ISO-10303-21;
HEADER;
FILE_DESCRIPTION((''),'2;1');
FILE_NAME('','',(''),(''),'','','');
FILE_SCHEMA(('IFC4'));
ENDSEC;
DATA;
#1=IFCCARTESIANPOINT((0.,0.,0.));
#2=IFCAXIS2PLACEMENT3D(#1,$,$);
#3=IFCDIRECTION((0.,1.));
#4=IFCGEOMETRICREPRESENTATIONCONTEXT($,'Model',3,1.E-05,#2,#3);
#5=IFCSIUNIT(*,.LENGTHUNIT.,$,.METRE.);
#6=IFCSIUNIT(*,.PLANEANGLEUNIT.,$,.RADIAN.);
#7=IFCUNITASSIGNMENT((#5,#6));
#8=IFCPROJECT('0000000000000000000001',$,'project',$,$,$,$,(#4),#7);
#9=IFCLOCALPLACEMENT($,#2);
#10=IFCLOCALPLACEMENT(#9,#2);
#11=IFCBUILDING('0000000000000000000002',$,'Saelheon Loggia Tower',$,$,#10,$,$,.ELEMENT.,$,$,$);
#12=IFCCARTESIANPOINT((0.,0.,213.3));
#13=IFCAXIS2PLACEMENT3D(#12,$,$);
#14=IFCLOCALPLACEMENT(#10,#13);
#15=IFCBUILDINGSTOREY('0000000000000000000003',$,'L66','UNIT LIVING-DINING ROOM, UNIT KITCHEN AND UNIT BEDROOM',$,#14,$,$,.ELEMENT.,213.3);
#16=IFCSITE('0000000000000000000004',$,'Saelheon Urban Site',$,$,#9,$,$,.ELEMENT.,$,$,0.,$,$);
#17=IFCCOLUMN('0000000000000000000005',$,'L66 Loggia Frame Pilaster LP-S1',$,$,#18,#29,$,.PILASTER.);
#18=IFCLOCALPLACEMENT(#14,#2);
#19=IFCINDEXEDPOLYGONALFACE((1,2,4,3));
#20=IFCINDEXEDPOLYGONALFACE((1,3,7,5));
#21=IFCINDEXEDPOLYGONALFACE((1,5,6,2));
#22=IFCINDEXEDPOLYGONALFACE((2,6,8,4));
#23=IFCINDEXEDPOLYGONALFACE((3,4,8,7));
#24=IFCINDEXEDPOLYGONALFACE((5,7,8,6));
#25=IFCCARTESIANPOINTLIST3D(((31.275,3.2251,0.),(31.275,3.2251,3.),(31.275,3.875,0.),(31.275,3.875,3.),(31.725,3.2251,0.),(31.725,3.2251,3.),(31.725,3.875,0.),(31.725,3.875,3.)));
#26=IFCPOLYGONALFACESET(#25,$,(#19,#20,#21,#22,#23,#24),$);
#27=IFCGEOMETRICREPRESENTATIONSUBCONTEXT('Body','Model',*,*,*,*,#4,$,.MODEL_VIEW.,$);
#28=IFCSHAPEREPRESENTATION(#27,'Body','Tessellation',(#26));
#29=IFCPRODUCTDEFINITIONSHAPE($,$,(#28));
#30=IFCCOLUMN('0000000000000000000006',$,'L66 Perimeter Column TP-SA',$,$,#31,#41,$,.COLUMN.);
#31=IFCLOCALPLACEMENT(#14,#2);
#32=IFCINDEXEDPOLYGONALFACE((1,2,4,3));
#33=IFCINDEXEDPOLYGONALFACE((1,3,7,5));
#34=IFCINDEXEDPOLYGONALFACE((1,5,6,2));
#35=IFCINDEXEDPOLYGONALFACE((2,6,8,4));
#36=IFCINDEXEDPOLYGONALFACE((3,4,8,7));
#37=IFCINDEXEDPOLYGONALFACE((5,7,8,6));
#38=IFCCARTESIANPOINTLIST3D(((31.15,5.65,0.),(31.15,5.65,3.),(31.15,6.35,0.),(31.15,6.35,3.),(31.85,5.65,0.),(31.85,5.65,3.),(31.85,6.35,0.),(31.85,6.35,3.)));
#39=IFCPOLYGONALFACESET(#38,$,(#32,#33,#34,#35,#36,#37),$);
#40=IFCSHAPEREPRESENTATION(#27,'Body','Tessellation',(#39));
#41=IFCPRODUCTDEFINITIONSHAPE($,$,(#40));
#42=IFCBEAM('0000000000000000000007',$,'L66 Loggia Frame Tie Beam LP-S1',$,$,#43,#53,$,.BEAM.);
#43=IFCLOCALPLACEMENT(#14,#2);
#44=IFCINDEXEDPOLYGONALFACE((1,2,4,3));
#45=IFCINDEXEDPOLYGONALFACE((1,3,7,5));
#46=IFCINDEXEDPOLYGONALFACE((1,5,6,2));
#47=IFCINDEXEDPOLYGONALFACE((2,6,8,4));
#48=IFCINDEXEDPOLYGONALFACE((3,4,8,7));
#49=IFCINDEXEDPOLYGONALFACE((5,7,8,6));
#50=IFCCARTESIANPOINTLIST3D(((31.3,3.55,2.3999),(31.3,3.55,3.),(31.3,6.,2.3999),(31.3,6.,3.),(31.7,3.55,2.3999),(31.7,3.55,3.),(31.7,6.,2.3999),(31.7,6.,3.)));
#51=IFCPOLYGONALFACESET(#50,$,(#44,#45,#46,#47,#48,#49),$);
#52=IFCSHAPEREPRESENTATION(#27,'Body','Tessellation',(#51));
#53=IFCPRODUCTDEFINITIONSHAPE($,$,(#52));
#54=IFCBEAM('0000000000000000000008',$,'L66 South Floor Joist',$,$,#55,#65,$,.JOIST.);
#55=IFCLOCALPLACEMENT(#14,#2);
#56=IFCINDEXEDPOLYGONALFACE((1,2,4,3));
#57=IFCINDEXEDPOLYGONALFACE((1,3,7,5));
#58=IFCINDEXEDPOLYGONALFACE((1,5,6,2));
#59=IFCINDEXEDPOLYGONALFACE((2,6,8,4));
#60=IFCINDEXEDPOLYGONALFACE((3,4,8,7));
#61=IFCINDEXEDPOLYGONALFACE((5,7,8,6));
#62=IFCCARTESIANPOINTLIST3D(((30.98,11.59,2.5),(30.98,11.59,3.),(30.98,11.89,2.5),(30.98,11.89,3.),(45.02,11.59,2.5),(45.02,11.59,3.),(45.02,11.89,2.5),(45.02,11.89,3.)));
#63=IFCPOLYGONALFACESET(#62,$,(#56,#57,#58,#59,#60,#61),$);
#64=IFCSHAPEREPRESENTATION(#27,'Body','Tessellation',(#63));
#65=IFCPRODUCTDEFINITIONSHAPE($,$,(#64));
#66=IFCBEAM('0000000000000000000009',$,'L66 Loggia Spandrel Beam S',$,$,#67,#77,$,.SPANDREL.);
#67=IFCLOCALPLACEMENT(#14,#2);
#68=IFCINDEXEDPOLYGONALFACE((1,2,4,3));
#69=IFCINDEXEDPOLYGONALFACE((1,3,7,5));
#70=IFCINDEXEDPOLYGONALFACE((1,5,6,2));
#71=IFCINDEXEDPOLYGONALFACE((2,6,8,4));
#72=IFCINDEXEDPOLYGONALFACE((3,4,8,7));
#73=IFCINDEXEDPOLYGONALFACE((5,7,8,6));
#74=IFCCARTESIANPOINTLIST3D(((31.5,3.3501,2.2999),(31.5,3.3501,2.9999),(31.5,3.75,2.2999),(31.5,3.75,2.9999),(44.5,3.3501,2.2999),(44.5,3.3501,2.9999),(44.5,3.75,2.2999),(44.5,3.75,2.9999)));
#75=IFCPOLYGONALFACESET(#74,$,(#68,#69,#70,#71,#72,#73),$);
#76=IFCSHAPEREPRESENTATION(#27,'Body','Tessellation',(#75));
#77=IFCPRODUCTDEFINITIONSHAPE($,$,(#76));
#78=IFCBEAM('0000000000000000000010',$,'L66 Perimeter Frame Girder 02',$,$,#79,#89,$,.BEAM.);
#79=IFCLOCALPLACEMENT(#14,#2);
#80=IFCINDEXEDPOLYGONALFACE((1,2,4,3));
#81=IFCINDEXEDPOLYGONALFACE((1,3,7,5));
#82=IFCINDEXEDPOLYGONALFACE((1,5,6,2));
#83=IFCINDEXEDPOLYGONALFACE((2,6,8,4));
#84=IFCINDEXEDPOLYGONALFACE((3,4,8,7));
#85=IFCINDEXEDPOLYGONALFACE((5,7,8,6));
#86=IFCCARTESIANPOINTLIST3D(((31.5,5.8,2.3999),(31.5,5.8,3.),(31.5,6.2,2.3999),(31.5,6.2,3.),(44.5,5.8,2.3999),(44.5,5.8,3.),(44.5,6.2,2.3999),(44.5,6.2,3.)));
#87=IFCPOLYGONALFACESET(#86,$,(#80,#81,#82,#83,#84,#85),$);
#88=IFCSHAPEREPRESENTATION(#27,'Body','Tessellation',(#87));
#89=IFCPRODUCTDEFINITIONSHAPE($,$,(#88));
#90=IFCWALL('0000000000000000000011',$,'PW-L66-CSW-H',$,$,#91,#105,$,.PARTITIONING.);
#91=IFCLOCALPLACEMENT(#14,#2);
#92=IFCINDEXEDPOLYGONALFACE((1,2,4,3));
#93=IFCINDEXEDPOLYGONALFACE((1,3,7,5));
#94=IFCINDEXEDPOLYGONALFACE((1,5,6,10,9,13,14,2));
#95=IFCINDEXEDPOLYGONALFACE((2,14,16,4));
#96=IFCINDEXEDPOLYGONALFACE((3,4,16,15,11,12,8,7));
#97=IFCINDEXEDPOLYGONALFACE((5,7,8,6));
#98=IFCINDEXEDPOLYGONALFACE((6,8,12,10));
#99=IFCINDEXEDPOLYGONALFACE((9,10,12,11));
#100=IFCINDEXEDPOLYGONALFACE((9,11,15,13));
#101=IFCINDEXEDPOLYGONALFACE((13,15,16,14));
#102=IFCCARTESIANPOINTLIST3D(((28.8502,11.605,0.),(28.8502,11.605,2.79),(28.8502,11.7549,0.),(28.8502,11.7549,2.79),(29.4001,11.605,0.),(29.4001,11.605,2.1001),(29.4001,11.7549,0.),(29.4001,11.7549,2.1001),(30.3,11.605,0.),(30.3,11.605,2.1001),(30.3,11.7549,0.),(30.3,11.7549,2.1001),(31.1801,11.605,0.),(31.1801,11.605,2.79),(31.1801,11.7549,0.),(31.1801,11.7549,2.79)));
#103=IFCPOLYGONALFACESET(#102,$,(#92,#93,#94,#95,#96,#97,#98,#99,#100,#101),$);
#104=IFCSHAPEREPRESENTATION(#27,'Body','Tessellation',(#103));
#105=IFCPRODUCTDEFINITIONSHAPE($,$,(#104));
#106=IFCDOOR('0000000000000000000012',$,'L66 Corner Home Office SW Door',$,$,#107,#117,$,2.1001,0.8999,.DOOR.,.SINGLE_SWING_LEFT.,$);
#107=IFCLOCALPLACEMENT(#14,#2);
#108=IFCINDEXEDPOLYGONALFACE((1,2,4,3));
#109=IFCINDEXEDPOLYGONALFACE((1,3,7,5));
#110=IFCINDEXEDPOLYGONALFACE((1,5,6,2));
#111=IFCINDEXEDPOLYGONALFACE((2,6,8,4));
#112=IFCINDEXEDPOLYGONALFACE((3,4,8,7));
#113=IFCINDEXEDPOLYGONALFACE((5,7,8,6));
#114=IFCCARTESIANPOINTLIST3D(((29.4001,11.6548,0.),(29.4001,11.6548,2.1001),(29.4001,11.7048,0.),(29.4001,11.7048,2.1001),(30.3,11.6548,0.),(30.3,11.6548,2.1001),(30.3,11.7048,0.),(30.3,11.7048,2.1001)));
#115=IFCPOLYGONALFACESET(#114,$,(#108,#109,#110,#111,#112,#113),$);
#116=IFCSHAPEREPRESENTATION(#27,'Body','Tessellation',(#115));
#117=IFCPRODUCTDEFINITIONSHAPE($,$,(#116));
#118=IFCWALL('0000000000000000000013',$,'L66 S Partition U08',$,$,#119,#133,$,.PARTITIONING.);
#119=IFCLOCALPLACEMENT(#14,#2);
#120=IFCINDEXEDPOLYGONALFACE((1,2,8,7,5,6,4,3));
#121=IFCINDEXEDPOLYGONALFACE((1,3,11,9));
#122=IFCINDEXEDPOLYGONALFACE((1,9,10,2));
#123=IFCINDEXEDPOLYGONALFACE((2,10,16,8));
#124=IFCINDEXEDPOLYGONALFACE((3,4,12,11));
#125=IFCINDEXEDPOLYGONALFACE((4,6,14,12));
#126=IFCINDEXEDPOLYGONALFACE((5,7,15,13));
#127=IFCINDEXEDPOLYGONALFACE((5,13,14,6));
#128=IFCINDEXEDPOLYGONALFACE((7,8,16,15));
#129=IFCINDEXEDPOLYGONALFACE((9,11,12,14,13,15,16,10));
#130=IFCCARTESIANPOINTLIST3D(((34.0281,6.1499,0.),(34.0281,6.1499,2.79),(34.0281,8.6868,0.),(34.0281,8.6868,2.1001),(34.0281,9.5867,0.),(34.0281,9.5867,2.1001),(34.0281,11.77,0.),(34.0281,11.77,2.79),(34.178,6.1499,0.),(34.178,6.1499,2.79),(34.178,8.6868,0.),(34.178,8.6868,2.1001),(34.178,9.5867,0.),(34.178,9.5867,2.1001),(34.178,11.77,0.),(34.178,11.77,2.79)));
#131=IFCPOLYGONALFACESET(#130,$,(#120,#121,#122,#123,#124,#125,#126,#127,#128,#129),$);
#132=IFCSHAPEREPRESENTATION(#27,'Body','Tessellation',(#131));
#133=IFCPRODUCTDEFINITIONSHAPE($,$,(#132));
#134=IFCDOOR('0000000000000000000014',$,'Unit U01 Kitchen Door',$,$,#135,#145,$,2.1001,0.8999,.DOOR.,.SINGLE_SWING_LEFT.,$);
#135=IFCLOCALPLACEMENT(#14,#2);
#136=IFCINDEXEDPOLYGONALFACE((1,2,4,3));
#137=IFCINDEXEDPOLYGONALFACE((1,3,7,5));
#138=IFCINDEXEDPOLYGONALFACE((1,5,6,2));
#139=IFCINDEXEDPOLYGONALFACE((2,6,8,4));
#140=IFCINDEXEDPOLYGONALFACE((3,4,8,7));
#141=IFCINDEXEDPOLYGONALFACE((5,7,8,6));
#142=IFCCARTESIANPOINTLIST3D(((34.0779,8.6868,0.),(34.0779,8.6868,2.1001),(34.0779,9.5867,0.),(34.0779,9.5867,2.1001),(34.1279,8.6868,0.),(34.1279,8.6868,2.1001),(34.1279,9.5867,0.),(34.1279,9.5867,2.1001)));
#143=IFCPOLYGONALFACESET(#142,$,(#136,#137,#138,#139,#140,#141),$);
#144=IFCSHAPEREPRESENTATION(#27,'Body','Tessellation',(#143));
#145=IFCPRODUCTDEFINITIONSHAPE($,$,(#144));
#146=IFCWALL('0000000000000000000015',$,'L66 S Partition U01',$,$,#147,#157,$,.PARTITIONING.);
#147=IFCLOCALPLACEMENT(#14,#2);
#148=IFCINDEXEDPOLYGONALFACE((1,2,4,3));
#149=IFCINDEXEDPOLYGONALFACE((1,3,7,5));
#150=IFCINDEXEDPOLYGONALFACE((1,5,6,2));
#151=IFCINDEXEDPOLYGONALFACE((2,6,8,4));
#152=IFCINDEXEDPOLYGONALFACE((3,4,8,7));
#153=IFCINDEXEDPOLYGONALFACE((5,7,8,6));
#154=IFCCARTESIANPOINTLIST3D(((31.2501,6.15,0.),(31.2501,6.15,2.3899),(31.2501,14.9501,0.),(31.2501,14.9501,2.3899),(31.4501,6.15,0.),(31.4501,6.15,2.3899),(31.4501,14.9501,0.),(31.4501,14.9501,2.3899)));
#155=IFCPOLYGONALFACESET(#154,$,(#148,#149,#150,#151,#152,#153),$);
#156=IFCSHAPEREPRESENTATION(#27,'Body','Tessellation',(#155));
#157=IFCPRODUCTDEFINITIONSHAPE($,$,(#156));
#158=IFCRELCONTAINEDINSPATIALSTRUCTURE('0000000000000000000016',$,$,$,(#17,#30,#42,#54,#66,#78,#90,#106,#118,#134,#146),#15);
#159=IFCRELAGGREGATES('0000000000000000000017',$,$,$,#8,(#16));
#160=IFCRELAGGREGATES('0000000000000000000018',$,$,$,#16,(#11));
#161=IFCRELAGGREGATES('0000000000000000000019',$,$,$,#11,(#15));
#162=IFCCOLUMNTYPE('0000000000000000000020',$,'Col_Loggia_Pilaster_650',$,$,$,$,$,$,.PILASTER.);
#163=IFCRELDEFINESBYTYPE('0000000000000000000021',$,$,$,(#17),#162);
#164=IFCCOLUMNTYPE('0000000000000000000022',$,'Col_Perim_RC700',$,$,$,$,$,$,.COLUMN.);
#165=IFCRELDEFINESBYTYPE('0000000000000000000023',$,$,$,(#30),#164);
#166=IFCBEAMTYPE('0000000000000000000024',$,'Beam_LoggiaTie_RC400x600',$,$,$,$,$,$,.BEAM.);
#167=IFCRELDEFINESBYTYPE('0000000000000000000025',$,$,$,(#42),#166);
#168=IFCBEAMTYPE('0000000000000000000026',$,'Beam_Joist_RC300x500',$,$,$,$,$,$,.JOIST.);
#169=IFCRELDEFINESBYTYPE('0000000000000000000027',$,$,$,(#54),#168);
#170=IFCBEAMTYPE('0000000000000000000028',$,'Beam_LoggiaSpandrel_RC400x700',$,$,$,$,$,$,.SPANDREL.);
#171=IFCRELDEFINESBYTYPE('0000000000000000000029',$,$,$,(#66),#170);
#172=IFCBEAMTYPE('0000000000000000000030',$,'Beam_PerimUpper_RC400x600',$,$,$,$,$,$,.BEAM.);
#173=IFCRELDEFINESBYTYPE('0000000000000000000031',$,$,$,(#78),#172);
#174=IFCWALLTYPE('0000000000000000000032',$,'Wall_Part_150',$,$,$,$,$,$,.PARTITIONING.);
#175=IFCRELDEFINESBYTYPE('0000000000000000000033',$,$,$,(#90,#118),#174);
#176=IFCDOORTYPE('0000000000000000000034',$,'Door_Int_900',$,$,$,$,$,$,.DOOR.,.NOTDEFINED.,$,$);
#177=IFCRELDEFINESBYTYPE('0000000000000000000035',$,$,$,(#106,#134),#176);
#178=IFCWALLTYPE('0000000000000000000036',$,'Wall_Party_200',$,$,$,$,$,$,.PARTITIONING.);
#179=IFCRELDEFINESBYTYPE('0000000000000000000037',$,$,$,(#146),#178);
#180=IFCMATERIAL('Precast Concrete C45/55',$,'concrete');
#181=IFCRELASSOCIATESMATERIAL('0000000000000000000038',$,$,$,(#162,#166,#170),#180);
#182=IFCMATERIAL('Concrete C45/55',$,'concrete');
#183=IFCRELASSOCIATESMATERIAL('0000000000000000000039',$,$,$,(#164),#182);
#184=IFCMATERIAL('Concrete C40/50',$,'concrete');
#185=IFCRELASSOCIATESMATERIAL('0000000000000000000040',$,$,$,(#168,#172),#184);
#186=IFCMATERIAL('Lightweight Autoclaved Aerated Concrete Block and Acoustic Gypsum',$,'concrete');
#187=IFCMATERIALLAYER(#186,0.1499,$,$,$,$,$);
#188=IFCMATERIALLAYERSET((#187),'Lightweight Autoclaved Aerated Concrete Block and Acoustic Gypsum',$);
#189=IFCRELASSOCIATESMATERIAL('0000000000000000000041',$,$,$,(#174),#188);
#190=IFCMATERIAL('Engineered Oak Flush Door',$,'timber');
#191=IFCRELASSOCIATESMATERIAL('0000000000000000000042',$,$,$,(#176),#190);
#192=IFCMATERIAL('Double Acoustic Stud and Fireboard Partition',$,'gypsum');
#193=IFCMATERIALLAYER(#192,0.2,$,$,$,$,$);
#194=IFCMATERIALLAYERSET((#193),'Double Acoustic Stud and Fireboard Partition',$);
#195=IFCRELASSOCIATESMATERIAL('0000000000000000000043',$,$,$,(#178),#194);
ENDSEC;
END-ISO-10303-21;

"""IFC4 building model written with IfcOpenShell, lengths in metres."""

from ifc_helpers import new_model, si_unit, direction, frame, frame_2d, origin, origin_2d, place, context, subcontext, project, spatial, rectangle, extrude, source, transform, mapped, material, layer, layer_set, material_profile, profile_set, type_object, element, fill, save


model = new_model("IFC4")

# Units and contexts
model_context = context("Model", 3, precision=1e-05, world=origin(), true_north=direction((0.0, 1.0)))
body_context = subcontext(model_context, "Body", "Model", "MODEL_VIEW")
ifc_project = project(units=[si_unit("LENGTHUNIT", "METRE"), si_unit("PLANEANGLEUNIT", "RADIAN")], contexts=[model_context])

# Site, building, storey
site_placement = place(None, origin())
site = spatial("IfcSite", under=ifc_project, at=site_placement, Name="Saelheon Urban Site", CompositionType="ELEMENT", RefElevation=0.0)
building_placement = place(site_placement, origin())
building = spatial("IfcBuilding", under=site, at=building_placement, Name="Saelheon Loggia Tower", CompositionType="ELEMENT")
storey_placement = place(building_placement, frame((0.0, 0.0, 213.3)))
storey = spatial("IfcBuildingStorey", under=building, at=storey_placement, Name="L66", Description="UNIT LIVING-DINING ROOM, UNIT KITCHEN AND UNIT BEDROOM", CompositionType="ELEMENT", Elevation=213.3)

# Columns
ifc_material_1 = material(Name="Precast Concrete C45/55", Category="concrete")
ifc_material_profile_1 = material_profile(ifc_material_1, rectangle(XDim=0.45, YDim=0.6499, at=origin_2d()), Name="RC-450x650")
ifc_profile_set_1 = profile_set([ifc_material_profile_1], Name="Precast Concrete C45/55")
column_type_1 = type_object("IfcColumnType", Name="Col_Loggia_Pilaster_650", PredefinedType="PILASTER", material=ifc_profile_set_1)
shared_shape_1 = source(origin(), body_context, "Body", "SweptSolid", [
    extrude(rectangle(XDim=0.45, YDim=0.6499, at=origin_2d()), origin(), (0.0, 0.0, 1.0), 3.0),
])
column_1_placement = place(storey_placement, frame((31.5, 3.55, 0.0), z_axis=(0.0, 0.0, 1.0), x_axis=(1.0, 0.0, 0.0)))
element("IfcColumn", 1, at=column_1_placement, inside=storey, type_object=column_type_1, Name="L66 Loggia Frame Pilaster LP-S1", PredefinedType="PILASTER", context=body_context, shape_type="MappedRepresentation", body=[
    mapped(shared_shape_1, transform((0.0, 0.0, 0.0), scale=1.0)),
])
ifc_material_2 = material(Name="Concrete C45/55", Category="concrete")
ifc_material_profile_2 = material_profile(ifc_material_2, rectangle(XDim=0.7, YDim=0.7, at=origin_2d()), Name="RC-700x700")
ifc_profile_set_2 = profile_set([ifc_material_profile_2], Name="Concrete C45/55")
column_type_2 = type_object("IfcColumnType", Name="Col_Perim_RC700", PredefinedType="COLUMN", material=ifc_profile_set_2)
shared_shape_2 = source(origin(), body_context, "Body", "SweptSolid", [
    extrude(rectangle(XDim=0.7, YDim=0.7, at=origin_2d()), origin(), (0.0, 0.0, 1.0), 3.0),
])
column_2_placement = place(storey_placement, frame((31.5, 6.0, 0.0), z_axis=(0.0, 0.0, 1.0), x_axis=(1.0, 0.0, 0.0)))
element("IfcColumn", 2, at=column_2_placement, inside=storey, type_object=column_type_2, Name="L66 Perimeter Column TP-SA", PredefinedType="COLUMN", context=body_context, shape_type="MappedRepresentation", body=[
    mapped(shared_shape_2, transform((0.0, 0.0, 0.0), scale=1.0)),
])

# Beams
ifc_material_profile_3 = material_profile(ifc_material_1, rectangle(XDim=0.3999, YDim=0.6001, at=origin_2d()), Name="RC-400x600")
ifc_profile_set_3 = profile_set([ifc_material_profile_3], Name="Precast Concrete C45/55")
beam_type_1 = type_object("IfcBeamType", Name="Beam_LoggiaTie_RC400x600", PredefinedType="BEAM", material=ifc_profile_set_3)
shared_shape_3 = source(origin(), body_context, "Body", "SweptSolid", [
    extrude(rectangle(XDim=0.3999, YDim=0.6001, at=origin_2d()), origin(), (0.0, 0.0, 1.0), 2.45),
])
beam_1_placement = place(storey_placement, frame((31.5, 6.0, 2.7), z_axis=(0.0, -1.0, 0.0), x_axis=(1.0, 0.0, 0.0)))
element("IfcBeam", 3, at=beam_1_placement, inside=storey, type_object=beam_type_1, Name="L66 Loggia Frame Tie Beam LP-S1", PredefinedType="BEAM", context=body_context, shape_type="MappedRepresentation", body=[
    mapped(shared_shape_3, transform((0.0, 0.0, 0.0), scale=1.0)),
])
ifc_material_3 = material(Name="Concrete C40/50", Category="concrete")
ifc_material_profile_4 = material_profile(ifc_material_3, rectangle(XDim=0.3, YDim=0.5, at=origin_2d()), Name="RC-300x500")
ifc_profile_set_4 = profile_set([ifc_material_profile_4], Name="Concrete C40/50")
beam_type_2 = type_object("IfcBeamType", Name="Beam_Joist_RC300x500", PredefinedType="JOIST", material=ifc_profile_set_4)
shared_shape_4 = source(origin(), body_context, "Body", "SweptSolid", [
    extrude(rectangle(XDim=0.3, YDim=0.5, at=origin_2d()), origin(), (0.0, 0.0, 1.0), 14.04),
])
beam_2_placement = place(storey_placement, frame((30.98, 11.74, 2.75), z_axis=(1.0, 0.0, 0.0), x_axis=(0.0, 1.0, 0.0)))
element("IfcBeam", 4, at=beam_2_placement, inside=storey, type_object=beam_type_2, Name="L66 South Floor Joist", PredefinedType="JOIST", context=body_context, shape_type="MappedRepresentation", body=[
    mapped(shared_shape_4, transform((0.0, 0.0, 0.0), scale=1.0)),
])
ifc_material_profile_5 = material_profile(ifc_material_1, rectangle(XDim=0.3999, YDim=0.7, at=origin_2d()), Name="RC-400x700")
ifc_profile_set_5 = profile_set([ifc_material_profile_5], Name="Precast Concrete C45/55")
beam_type_3 = type_object("IfcBeamType", Name="Beam_LoggiaSpandrel_RC400x700", PredefinedType="SPANDREL", material=ifc_profile_set_5)
shared_shape_5 = source(origin(), body_context, "Body", "SweptSolid", [
    extrude(rectangle(XDim=0.3999, YDim=0.7, at=origin_2d()), origin(), (0.0, 0.0, 1.0), 13.0),
])
beam_3_placement = place(storey_placement, frame((31.5, 3.55, 2.6499), z_axis=(1.0, 0.0, 0.0), x_axis=(0.0, 1.0, 0.0)))
element("IfcBeam", 5, at=beam_3_placement, inside=storey, type_object=beam_type_3, Name="L66 Loggia Spandrel Beam S", PredefinedType="SPANDREL", context=body_context, shape_type="MappedRepresentation", body=[
    mapped(shared_shape_5, transform((0.0, 0.0, 0.0), scale=1.0)),
])
ifc_material_profile_6 = material_profile(ifc_material_3, rectangle(XDim=0.3999, YDim=0.6001, at=origin_2d()), Name="RC-400x600")
ifc_profile_set_6 = profile_set([ifc_material_profile_6], Name="Concrete C40/50")
beam_type_4 = type_object("IfcBeamType", Name="Beam_PerimUpper_RC400x600", PredefinedType="BEAM", material=ifc_profile_set_6)
shared_shape_6 = source(origin(), body_context, "Body", "SweptSolid", [
    extrude(rectangle(XDim=0.3999, YDim=0.6001, at=origin_2d()), origin(), (0.0, 0.0, 1.0), 13.0),
])
beam_4_placement = place(storey_placement, frame((31.5, 6.0, 2.7), z_axis=(1.0, 0.0, 0.0), x_axis=(0.0, 1.0, 0.0)))
element("IfcBeam", 6, at=beam_4_placement, inside=storey, type_object=beam_type_4, Name="L66 Perimeter Frame Girder 02", PredefinedType="BEAM", context=body_context, shape_type="MappedRepresentation", body=[
    mapped(shared_shape_6, transform((0.0, 0.0, 0.0), scale=1.0)),
])

# Walls, openings, doors
ifc_material_4 = material(Name="Lightweight Autoclaved Aerated Concrete Block and Acoustic Gypsum", Category="concrete")
ifc_layer_1 = layer(ifc_material_4, 0.1499)
ifc_layer_set_1 = layer_set([ifc_layer_1], Name="Lightweight Autoclaved Aerated Concrete Block and Acoustic Gypsum")
wall_type_1 = type_object("IfcWallType", Name="Wall_Part_150", PredefinedType="PARTITIONING", material=ifc_layer_set_1)
wall_1_placement = place(storey_placement, frame((28.8501, 11.6799, 0.0), z_axis=(0.0, 0.0, 1.0), x_axis=(1.0, 0.0, 0.0)))
wall_1 = element("IfcWall", 7, at=wall_1_placement, inside=storey, type_object=wall_type_1, Name="PW-L66-CSW-H", PredefinedType="PARTITIONING", context=body_context, shape_type="SweptSolid", body=[
    extrude(rectangle(XDim=2.3298, YDim=0.1499, at=frame_2d((1.165, 0.0))), origin(), (0.0, 0.0, 1.0), 2.79),
])
opening_1_placement = place(wall_1_placement, frame((0.55, 0.0, 0.0)))
opening_1 = element("IfcOpeningElement", 8, at=opening_1_placement, cuts=wall_1, PredefinedType="OPENING", context=body_context, shape_type="SweptSolid", body=[
    extrude(rectangle(XDim=0.8999, YDim=2.1001, at=frame_2d((0.45, 1.05))), frame((0.0, 0.0869, 0.0), z_axis=(0.0, -1.0, 0.0), x_axis=(1.0, 0.0, 0.0)), (0.0, 0.0, 1.0), 0.1738),
])
ifc_material_5 = material(Name="Engineered Oak Flush Door", Category="timber")
door_type_1 = type_object("IfcDoorType", Name="Door_Int_900", OperationType="NOTDEFINED", PredefinedType="DOOR", material=ifc_material_5)
shared_shape_7 = source(origin(), body_context, "Body", "SweptSolid", [
    extrude(rectangle(XDim=0.8999, YDim=2.1001, at=frame_2d((0.45, 1.05))), frame((0.0, 0.0249, 0.0), z_axis=(0.0, -1.0, 0.0), x_axis=(1.0, 0.0, 0.0)), (0.0, 0.0, 1.0), 0.05),
])
door_1_placement = place(opening_1_placement, origin())
door_1 = element("IfcDoor", 9, at=door_1_placement, inside=storey, type_object=door_type_1, Name="L66 Corner Home Office SW Door", OperationType="SINGLE_SWING_LEFT", OverallHeight=2.1001, OverallWidth=0.8999, PredefinedType="DOOR", context=body_context, shape_type="MappedRepresentation", body=[
    mapped(shared_shape_7, transform((0.0, 0.0, 0.0), scale=1.0)),
])
fill(opening_1, door_1)
wall_2_placement = place(storey_placement, frame((34.103, 11.77, 0.0), z_axis=(0.0, 0.0, 1.0), x_axis=(0.0, -1.0, 0.0)))
wall_2 = element("IfcWall", 10, at=wall_2_placement, inside=storey, type_object=wall_type_1, Name="L66 S Partition U08", PredefinedType="PARTITIONING", context=body_context, shape_type="SweptSolid", body=[
    extrude(rectangle(XDim=5.6201, YDim=0.1499, at=frame_2d((2.8101, 0.0))), origin(), (0.0, 0.0, 1.0), 2.79),
])
opening_2_placement = place(wall_2_placement, frame((2.1833, 0.0, 0.0)))
opening_2 = element("IfcOpeningElement", 11, at=opening_2_placement, cuts=wall_2, PredefinedType="OPENING", context=body_context, shape_type="SweptSolid", body=[
    extrude(rectangle(XDim=0.8999, YDim=2.1001, at=frame_2d((0.45, 1.05))), frame((0.0, 0.0869, 0.0), z_axis=(0.0, -1.0, 0.0), x_axis=(1.0, 0.0, 0.0)), (0.0, 0.0, 1.0), 0.1738),
])
door_2_placement = place(opening_2_placement, origin())
door_2 = element("IfcDoor", 12, at=door_2_placement, inside=storey, type_object=door_type_1, Name="Unit U01 Kitchen Door", OperationType="SINGLE_SWING_LEFT", OverallHeight=2.1001, OverallWidth=0.8999, PredefinedType="DOOR", context=body_context, shape_type="MappedRepresentation", body=[
    mapped(shared_shape_7, transform((0.0, 0.0, 0.0), scale=1.0)),
])
fill(opening_2, door_2)

# Wall
ifc_material_6 = material(Name="Double Acoustic Stud and Fireboard Partition", Category="gypsum")
ifc_layer_2 = layer(ifc_material_6, 0.2)
ifc_layer_set_2 = layer_set([ifc_layer_2], Name="Double Acoustic Stud and Fireboard Partition")
wall_type_2 = type_object("IfcWallType", Name="Wall_Party_200", PredefinedType="PARTITIONING", material=ifc_layer_set_2)
wall_3_placement = place(storey_placement, frame((31.3501, 14.95, 0.0), z_axis=(0.0, 0.0, 1.0), x_axis=(0.0, -1.0, 0.0)))
element("IfcWall", 13, at=wall_3_placement, inside=storey, type_object=wall_type_2, Name="L66 S Partition U01", PredefinedType="PARTITIONING", context=body_context, shape_type="SweptSolid", body=[
    extrude(rectangle(XDim=8.8, YDim=0.2, at=frame_2d((4.3999, 0.0))), origin(), (0.0, 0.0, 1.0), 2.3899),
])

save(model, "model.ifc")
